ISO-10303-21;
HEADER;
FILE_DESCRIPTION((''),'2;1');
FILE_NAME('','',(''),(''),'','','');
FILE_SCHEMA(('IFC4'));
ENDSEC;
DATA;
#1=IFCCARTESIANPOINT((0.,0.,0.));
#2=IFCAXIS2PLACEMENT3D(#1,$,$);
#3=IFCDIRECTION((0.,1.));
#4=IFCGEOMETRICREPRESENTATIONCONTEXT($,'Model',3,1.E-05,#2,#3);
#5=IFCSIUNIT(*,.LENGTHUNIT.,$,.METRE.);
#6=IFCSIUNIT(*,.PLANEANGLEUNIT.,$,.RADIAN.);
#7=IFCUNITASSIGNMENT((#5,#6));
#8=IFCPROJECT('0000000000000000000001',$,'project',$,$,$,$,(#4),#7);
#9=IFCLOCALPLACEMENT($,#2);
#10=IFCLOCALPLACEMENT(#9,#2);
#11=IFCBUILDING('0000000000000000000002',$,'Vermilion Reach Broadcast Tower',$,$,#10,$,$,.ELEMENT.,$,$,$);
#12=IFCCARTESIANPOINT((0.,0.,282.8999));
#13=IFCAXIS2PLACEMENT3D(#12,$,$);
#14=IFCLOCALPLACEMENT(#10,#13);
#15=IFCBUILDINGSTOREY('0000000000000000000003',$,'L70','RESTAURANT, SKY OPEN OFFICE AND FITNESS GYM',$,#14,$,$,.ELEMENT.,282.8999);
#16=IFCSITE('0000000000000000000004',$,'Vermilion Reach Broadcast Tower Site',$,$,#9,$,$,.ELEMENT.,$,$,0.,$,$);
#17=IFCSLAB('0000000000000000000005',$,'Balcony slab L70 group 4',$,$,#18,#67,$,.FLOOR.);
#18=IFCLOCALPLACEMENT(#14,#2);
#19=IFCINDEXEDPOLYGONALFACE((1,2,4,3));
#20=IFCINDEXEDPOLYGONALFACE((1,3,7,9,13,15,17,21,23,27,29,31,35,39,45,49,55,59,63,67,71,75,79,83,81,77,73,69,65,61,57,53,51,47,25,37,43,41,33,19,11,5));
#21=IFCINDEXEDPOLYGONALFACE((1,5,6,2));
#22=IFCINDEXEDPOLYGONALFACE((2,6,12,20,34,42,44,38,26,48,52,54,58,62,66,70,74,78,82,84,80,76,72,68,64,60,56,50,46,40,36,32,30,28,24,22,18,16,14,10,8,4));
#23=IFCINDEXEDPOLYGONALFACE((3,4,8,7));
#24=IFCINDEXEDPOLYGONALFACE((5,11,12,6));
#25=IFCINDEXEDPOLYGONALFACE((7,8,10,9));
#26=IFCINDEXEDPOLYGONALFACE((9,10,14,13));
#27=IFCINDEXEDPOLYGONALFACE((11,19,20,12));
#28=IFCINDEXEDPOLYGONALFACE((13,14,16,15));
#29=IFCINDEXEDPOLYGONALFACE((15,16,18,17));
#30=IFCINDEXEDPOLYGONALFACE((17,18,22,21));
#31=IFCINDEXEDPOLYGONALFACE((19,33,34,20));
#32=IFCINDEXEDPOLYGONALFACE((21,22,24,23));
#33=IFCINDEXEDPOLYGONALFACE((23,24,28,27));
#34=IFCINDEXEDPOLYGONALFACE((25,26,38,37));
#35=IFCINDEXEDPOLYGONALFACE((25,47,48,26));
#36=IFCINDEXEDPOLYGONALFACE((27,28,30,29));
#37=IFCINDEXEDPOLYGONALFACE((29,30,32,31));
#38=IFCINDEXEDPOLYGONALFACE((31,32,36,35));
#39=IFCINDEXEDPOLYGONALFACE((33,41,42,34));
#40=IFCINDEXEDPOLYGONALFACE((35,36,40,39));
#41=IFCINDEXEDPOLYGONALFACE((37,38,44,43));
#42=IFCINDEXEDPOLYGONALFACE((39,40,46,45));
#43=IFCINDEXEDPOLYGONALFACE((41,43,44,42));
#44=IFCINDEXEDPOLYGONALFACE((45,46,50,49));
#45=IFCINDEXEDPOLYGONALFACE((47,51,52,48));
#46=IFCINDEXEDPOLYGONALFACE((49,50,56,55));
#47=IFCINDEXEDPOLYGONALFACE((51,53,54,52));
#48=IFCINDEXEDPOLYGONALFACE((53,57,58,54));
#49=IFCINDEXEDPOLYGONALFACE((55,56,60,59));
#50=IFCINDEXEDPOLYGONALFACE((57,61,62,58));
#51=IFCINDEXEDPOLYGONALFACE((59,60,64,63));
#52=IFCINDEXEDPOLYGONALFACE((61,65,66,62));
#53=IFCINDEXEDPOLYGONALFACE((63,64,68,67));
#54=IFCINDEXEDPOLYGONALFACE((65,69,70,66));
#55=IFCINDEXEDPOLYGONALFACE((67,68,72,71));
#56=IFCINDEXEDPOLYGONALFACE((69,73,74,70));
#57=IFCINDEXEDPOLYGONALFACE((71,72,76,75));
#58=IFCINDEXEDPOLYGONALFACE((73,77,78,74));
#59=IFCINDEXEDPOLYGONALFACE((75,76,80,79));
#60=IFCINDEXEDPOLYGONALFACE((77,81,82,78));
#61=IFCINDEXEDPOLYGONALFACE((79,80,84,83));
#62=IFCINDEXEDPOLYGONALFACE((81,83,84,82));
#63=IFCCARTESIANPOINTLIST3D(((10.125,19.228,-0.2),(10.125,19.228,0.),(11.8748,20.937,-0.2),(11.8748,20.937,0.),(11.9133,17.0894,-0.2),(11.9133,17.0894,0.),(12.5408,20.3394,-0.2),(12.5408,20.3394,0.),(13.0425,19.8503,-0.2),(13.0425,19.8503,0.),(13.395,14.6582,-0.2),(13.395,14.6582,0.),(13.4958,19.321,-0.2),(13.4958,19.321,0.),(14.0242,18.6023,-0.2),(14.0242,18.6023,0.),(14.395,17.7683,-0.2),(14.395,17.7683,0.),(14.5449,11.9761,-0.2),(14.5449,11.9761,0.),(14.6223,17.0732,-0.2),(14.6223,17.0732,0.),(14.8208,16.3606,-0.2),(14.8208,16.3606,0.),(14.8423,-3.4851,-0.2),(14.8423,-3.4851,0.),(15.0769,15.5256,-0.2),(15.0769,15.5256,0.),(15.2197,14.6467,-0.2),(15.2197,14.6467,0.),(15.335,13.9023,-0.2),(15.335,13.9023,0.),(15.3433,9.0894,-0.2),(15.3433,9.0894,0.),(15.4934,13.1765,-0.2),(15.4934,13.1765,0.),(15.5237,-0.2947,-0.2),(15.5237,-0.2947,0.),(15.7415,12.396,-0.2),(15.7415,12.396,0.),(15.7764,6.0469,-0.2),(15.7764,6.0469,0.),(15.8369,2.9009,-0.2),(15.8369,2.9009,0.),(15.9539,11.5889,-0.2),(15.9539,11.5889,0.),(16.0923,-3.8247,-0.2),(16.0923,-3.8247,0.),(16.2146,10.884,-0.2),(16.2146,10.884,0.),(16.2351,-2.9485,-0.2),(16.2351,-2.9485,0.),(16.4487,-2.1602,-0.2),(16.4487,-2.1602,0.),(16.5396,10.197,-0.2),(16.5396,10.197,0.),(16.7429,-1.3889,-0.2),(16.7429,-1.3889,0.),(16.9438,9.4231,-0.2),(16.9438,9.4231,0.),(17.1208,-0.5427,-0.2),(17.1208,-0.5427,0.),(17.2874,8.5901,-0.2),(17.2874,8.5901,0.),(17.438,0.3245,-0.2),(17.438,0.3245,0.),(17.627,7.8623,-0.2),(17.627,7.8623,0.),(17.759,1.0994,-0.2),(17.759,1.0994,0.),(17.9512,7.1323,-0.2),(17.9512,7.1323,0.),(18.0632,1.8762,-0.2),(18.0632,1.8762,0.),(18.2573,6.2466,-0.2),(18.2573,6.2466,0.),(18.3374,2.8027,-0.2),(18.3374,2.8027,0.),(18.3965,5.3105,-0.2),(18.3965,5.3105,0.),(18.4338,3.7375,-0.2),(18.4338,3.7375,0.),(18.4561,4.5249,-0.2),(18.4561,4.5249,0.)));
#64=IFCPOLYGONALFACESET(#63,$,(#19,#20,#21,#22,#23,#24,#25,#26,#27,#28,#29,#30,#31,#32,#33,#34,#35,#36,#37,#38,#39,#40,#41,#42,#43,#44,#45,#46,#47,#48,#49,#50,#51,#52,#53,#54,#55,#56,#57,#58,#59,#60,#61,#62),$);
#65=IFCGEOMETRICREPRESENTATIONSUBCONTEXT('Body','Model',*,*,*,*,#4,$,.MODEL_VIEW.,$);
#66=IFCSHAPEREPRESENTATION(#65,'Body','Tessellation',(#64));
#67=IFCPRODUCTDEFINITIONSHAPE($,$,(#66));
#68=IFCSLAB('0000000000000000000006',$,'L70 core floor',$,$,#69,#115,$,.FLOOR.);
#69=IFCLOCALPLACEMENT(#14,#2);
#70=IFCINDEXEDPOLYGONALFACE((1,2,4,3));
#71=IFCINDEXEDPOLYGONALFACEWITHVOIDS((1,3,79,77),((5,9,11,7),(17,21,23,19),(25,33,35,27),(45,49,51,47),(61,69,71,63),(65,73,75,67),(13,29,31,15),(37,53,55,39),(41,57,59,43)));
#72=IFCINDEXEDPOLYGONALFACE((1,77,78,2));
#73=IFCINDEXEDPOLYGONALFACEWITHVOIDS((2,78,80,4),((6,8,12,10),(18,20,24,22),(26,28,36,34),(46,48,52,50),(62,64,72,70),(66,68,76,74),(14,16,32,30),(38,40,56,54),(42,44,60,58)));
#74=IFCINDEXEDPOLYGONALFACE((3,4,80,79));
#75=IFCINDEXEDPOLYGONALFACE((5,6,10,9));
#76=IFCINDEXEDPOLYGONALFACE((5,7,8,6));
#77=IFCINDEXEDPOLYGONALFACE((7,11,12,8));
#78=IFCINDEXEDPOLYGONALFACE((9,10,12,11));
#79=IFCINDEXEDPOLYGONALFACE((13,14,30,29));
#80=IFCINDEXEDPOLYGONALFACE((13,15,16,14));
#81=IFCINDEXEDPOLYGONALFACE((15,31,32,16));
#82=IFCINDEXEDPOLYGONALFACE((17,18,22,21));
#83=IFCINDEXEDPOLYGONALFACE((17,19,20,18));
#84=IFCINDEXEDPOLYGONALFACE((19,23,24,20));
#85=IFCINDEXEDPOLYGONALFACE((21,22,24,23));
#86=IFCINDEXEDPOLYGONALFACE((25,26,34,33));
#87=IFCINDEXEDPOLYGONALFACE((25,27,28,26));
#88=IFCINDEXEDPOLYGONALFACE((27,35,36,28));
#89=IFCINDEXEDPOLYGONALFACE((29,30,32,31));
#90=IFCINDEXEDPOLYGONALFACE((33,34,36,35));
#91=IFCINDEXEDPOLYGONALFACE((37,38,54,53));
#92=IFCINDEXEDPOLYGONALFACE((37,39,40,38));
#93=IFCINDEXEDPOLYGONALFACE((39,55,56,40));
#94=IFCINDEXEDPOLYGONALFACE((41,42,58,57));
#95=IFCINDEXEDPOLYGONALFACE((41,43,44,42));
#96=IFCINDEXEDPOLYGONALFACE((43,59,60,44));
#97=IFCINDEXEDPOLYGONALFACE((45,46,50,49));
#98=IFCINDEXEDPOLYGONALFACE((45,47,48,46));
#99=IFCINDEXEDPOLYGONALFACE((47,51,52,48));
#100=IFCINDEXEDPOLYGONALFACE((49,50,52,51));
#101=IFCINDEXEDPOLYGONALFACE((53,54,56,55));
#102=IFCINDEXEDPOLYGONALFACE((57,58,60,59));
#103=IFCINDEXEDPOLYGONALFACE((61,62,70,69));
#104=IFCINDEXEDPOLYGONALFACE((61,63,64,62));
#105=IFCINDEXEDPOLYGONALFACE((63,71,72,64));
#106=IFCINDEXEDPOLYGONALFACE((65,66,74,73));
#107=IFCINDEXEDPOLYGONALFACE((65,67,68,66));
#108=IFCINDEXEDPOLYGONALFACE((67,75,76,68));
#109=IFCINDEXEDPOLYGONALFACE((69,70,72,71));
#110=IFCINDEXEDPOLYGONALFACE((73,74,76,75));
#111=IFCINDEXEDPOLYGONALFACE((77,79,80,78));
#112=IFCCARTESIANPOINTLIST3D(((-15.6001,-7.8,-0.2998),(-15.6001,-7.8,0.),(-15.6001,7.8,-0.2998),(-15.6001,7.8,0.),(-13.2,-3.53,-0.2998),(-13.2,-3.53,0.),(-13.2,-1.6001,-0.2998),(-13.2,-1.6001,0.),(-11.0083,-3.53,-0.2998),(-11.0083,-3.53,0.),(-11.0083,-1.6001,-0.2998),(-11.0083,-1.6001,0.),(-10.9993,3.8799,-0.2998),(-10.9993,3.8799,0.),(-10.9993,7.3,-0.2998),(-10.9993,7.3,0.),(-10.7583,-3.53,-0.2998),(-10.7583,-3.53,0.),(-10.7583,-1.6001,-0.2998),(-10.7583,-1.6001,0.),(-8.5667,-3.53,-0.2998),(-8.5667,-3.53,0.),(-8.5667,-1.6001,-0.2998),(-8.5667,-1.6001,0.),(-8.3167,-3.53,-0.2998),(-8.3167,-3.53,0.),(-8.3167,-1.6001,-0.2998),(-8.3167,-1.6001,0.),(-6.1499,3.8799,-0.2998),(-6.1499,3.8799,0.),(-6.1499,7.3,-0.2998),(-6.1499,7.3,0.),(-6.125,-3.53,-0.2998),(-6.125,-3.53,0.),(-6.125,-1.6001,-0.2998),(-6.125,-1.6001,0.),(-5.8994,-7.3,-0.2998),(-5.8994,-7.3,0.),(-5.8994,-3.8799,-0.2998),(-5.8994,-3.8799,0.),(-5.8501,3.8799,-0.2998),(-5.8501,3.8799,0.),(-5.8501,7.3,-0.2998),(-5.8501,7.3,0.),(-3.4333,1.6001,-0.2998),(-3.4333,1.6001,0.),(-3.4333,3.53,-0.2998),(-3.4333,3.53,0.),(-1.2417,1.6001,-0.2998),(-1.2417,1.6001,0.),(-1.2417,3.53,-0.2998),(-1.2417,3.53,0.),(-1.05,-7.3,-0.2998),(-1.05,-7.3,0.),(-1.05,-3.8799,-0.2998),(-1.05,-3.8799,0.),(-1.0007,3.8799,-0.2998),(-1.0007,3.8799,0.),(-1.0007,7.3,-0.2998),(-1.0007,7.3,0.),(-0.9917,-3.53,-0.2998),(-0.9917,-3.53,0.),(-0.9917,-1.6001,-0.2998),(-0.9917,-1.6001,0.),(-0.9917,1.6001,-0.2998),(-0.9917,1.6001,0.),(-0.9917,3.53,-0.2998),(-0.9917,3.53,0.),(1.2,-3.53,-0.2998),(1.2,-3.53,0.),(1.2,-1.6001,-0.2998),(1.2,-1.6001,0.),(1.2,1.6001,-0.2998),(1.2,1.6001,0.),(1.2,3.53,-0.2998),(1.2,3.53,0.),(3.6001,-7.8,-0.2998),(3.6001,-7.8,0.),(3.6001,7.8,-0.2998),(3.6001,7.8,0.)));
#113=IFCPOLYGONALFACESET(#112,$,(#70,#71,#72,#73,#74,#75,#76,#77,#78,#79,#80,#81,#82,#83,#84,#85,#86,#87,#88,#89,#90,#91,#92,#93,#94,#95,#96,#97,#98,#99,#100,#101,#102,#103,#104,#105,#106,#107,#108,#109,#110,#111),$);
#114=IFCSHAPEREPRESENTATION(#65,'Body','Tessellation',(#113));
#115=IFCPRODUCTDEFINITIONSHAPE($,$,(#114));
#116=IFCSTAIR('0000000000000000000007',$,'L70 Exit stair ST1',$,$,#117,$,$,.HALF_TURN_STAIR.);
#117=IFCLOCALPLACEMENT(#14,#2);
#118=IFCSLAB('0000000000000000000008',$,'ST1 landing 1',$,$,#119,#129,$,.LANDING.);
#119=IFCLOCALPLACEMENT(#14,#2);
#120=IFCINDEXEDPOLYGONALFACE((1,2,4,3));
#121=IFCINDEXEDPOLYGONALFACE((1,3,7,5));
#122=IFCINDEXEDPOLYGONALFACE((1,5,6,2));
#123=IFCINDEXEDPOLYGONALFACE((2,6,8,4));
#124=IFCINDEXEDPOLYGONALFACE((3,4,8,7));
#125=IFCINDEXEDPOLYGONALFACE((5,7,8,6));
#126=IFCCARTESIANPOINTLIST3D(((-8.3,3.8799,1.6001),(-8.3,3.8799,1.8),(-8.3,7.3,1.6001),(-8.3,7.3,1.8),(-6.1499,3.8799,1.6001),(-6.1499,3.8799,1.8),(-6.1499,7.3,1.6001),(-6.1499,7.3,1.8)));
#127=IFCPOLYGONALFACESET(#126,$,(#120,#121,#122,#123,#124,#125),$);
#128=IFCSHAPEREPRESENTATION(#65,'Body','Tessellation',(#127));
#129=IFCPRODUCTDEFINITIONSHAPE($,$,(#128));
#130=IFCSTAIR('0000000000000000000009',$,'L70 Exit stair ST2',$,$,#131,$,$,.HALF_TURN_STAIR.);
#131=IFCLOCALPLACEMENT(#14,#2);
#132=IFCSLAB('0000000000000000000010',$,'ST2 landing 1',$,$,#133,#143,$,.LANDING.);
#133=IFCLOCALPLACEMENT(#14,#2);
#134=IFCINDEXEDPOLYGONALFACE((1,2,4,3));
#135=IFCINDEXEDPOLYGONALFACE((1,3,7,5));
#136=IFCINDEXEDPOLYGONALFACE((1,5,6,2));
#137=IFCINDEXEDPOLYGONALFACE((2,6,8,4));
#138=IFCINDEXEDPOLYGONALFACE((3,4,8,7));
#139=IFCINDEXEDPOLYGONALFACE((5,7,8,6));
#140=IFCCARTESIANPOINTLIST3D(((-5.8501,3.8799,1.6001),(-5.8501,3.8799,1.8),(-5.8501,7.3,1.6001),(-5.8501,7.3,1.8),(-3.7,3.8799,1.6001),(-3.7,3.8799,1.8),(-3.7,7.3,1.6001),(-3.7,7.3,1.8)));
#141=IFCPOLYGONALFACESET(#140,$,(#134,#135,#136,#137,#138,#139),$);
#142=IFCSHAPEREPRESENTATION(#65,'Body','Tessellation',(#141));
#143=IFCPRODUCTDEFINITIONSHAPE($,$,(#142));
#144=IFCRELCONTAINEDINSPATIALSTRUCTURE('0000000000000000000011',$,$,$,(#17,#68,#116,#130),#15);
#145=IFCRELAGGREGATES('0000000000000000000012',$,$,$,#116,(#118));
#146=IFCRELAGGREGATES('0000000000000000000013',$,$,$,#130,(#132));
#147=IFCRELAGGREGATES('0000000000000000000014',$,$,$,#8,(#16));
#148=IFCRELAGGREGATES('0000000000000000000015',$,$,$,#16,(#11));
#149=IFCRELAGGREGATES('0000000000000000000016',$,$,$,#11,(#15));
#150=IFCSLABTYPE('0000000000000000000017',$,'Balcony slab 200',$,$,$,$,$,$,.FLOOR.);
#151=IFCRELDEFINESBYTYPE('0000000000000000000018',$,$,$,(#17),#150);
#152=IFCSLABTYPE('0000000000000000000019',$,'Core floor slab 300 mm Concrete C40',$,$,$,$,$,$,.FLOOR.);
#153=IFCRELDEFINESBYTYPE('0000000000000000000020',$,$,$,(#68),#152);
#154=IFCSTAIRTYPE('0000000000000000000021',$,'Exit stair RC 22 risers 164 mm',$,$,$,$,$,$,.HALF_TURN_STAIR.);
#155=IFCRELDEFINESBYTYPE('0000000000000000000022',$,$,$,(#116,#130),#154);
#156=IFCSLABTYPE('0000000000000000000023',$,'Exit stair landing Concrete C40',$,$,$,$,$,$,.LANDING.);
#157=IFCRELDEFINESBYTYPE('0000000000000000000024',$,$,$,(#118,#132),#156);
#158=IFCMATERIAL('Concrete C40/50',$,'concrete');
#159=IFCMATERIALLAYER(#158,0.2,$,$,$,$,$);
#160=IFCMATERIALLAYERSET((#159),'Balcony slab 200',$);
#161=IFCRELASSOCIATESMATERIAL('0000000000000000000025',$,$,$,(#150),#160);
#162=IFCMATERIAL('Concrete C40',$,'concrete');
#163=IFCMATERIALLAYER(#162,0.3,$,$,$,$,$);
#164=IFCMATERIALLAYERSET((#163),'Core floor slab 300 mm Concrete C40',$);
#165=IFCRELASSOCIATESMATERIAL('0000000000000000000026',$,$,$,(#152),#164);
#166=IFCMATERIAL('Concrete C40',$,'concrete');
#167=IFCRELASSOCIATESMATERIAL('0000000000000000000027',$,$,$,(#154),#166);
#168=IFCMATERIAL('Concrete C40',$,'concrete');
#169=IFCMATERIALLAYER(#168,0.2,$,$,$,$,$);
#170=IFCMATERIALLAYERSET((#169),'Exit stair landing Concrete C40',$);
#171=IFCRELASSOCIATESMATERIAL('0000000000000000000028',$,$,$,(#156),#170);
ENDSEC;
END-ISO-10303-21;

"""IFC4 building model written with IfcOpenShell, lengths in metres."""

from ifc_helpers import new_model, si_unit, direction, frame, origin, place, context, subcontext, project, spatial, polyline, outline, extrude, material, layer, layer_set, type_object, element, aggregate, save


model = new_model("IFC4")

# Units and contexts
model_context = context("Model", 3, precision=1e-05, world=origin(), true_north=direction((0.0, 1.0)))
body_context = subcontext(model_context, "Body", "Model", "MODEL_VIEW")
ifc_project = project(units=[si_unit("LENGTHUNIT", "METRE"), si_unit("PLANEANGLEUNIT", "RADIAN")], contexts=[model_context])

# Site, building, storey
site_placement = place(None, origin())
site = spatial("IfcSite", under=ifc_project, at=site_placement, Name="Vermilion Reach Broadcast Tower Site", CompositionType="ELEMENT", RefElevation=0.0)
building_placement = place(site_placement, origin())
building = spatial("IfcBuilding", under=site, at=building_placement, Name="Vermilion Reach Broadcast Tower", CompositionType="ELEMENT")
storey_placement = place(building_placement, frame((0.0, 0.0, 282.8999)))
storey = spatial("IfcBuildingStorey", under=building, at=storey_placement, Name="L70", Description="RESTAURANT, SKY OPEN OFFICE AND FITNESS GYM", CompositionType="ELEMENT", Elevation=282.8999)

# Slabs
ifc_material_1 = material(Name="Concrete C40/50", Category="concrete")
ifc_layer_1 = layer(ifc_material_1, 0.2)
ifc_layer_set_1 = layer_set([ifc_layer_1], Name="Balcony slab 200")
slab_type_1 = type_object("IfcSlabType", Name="Balcony slab 200", PredefinedType="FLOOR", material=ifc_layer_set_1)
placement_1 = place(storey_placement, frame((0.0, 0.0, -0.2)))
element("IfcSlab", 1, at=placement_1, inside=storey, type_object=slab_type_1, Name="Balcony slab L70 group 4", PredefinedType="FLOOR", context=body_context, shape_type="SweptSolid", body=[
    extrude(outline(polyline([(14.8423, -3.4851), (15.5237, -0.2947), (15.8369, 2.9009), (15.7764, 6.0469), (15.3433, 9.0894), (14.5449, 11.9761), (13.395, 14.6582), (11.9133, 17.0894), (10.125, 19.228), (11.8748, 20.937), (12.5408, 20.3394), (13.0425, 19.8503), (13.4958, 19.321), (14.0242, 18.6023), (14.395, 17.7683), (14.6223, 17.0732), (14.8208, 16.3606), (15.0769, 15.5256), (15.2197, 14.6467), (15.335, 13.9023), (15.4934, 13.1765), (15.7415, 12.396), (15.9539, 11.5889), (16.2146, 10.884), (16.5396, 10.197), (16.9438, 9.4231), (17.2874, 8.5901), (17.627, 7.8623), (17.9512, 7.1323), (18.2573, 6.2466), (18.3965, 5.3105), (18.4561, 4.5249), (18.4338, 3.7375), (18.3374, 2.8027), (18.0632, 1.8762), (17.759, 1.0994), (17.438, 0.3245), (17.1208, -0.5427), (16.7429, -1.3889), (16.4487, -2.1602), (16.2351, -2.9485), (16.0923, -3.8247), (14.8423, -3.4851)])), origin(), (0.0, 0.0, 1.0), 0.2),
])
ifc_material_2 = material(Name="Concrete C40", Category="concrete")
ifc_layer_2 = layer(ifc_material_2, 0.3)
ifc_layer_set_2 = layer_set([ifc_layer_2], Name="Core floor slab 300 mm Concrete C40")
slab_type_2 = type_object("IfcSlabType", Name="Core floor slab 300 mm Concrete C40", PredefinedType="FLOOR", material=ifc_layer_set_2)
slab_1_placement = place(storey_placement, frame((0.0, 0.0, -0.2998)))
element("IfcSlab", 2, at=slab_1_placement, inside=storey, type_object=slab_type_2, Name="L70 core floor", PredefinedType="FLOOR", context=body_context, shape_type="SweptSolid", body=[
    extrude(outline(polyline([(-15.6001, -7.8), (3.6001, -7.8), (3.6001, 7.8), (-15.6001, 7.8), (-15.6001, -7.8)]), holes=[polyline([(-3.4333, 1.6001), (-1.2417, 1.6001), (-1.2417, 3.53), (-3.4333, 3.53), (-3.4333, 1.6001)]), polyline([(-0.9917, 1.6001), (1.2, 1.6001), (1.2, 3.53), (-0.9917, 3.53), (-0.9917, 1.6001)]), polyline([(-13.2, -3.53), (-11.0083, -3.53), (-11.0083, -1.6001), (-13.2, -1.6001), (-13.2, -3.53)]), polyline([(-10.7583, -3.53), (-8.5667, -3.53), (-8.5667, -1.6001), (-10.7583, -1.6001), (-10.7583, -3.53)]), polyline([(-8.3167, -3.53), (-6.125, -3.53), (-6.125, -1.6001), (-8.3167, -1.6001), (-8.3167, -3.53)]), polyline([(-0.9917, -3.53), (1.2, -3.53), (1.2, -1.6001), (-0.9917, -1.6001), (-0.9917, -3.53)]), polyline([(-10.9993, 3.8799), (-6.1499, 3.8799), (-6.1499, 7.3), (-10.9993, 7.3), (-10.9993, 3.8799)]), polyline([(-1.0007, 7.3), (-5.8501, 7.3), (-5.8501, 3.8799), (-1.0007, 3.8799), (-1.0007, 7.3)]), polyline([(-5.8994, -7.3), (-1.05, -7.3), (-1.05, -3.8799), (-5.8994, -3.8799), (-5.8994, -7.3)])]), origin(), (0.0, 0.0, 1.0), 0.2998),
])

# Stairs, slabs
ifc_material_3 = material(Name="Concrete C40", Category="concrete")
stair_type = type_object("IfcStairType", Name="Exit stair RC 22 risers 164 mm", PredefinedType="HALF_TURN_STAIR", material=ifc_material_3)
placement_2 = place(storey_placement, origin())
stair_1 = element("IfcStair", 3, at=placement_2, inside=storey, type_object=stair_type, Name="L70 Exit stair ST1", PredefinedType="HALF_TURN_STAIR")
ifc_material_4 = material(Name="Concrete C40", Category="concrete")
ifc_layer_3 = layer(ifc_material_4, 0.2)
ifc_layer_set_3 = layer_set([ifc_layer_3], Name="Exit stair landing Concrete C40")
slab_type_3 = type_object("IfcSlabType", Name="Exit stair landing Concrete C40", PredefinedType="LANDING", material=ifc_layer_set_3)
placement_3 = place(storey_placement, frame((0.0, 0.0, 1.6001)))
slab_2 = element("IfcSlab", 4, at=placement_3, type_object=slab_type_3, Name="ST1 landing 1", PredefinedType="LANDING", context=body_context, shape_type="SweptSolid", body=[
    extrude(outline(polyline([(-8.3, 3.8799), (-6.1499, 3.8799), (-6.1499, 7.3), (-8.3, 7.3), (-8.3, 3.8799)])), origin(), (0.0, 0.0, 1.0), 0.2),
])
aggregate(stair_1, [slab_2])
stair_2 = element("IfcStair", 5, at=placement_2, inside=storey, type_object=stair_type, Name="L70 Exit stair ST2", PredefinedType="HALF_TURN_STAIR")
slab_3 = element("IfcSlab", 6, at=placement_3, type_object=slab_type_3, Name="ST2 landing 1", PredefinedType="LANDING", context=body_context, shape_type="SweptSolid", body=[
    extrude(outline(polyline([(-3.7, 7.3), (-5.8501, 7.3), (-5.8501, 3.8799), (-3.7, 3.8799), (-3.7, 7.3)])), origin(), (0.0, 0.0, 1.0), 0.2),
])
aggregate(stair_2, [slab_3])

save(model, "model.ifc")
